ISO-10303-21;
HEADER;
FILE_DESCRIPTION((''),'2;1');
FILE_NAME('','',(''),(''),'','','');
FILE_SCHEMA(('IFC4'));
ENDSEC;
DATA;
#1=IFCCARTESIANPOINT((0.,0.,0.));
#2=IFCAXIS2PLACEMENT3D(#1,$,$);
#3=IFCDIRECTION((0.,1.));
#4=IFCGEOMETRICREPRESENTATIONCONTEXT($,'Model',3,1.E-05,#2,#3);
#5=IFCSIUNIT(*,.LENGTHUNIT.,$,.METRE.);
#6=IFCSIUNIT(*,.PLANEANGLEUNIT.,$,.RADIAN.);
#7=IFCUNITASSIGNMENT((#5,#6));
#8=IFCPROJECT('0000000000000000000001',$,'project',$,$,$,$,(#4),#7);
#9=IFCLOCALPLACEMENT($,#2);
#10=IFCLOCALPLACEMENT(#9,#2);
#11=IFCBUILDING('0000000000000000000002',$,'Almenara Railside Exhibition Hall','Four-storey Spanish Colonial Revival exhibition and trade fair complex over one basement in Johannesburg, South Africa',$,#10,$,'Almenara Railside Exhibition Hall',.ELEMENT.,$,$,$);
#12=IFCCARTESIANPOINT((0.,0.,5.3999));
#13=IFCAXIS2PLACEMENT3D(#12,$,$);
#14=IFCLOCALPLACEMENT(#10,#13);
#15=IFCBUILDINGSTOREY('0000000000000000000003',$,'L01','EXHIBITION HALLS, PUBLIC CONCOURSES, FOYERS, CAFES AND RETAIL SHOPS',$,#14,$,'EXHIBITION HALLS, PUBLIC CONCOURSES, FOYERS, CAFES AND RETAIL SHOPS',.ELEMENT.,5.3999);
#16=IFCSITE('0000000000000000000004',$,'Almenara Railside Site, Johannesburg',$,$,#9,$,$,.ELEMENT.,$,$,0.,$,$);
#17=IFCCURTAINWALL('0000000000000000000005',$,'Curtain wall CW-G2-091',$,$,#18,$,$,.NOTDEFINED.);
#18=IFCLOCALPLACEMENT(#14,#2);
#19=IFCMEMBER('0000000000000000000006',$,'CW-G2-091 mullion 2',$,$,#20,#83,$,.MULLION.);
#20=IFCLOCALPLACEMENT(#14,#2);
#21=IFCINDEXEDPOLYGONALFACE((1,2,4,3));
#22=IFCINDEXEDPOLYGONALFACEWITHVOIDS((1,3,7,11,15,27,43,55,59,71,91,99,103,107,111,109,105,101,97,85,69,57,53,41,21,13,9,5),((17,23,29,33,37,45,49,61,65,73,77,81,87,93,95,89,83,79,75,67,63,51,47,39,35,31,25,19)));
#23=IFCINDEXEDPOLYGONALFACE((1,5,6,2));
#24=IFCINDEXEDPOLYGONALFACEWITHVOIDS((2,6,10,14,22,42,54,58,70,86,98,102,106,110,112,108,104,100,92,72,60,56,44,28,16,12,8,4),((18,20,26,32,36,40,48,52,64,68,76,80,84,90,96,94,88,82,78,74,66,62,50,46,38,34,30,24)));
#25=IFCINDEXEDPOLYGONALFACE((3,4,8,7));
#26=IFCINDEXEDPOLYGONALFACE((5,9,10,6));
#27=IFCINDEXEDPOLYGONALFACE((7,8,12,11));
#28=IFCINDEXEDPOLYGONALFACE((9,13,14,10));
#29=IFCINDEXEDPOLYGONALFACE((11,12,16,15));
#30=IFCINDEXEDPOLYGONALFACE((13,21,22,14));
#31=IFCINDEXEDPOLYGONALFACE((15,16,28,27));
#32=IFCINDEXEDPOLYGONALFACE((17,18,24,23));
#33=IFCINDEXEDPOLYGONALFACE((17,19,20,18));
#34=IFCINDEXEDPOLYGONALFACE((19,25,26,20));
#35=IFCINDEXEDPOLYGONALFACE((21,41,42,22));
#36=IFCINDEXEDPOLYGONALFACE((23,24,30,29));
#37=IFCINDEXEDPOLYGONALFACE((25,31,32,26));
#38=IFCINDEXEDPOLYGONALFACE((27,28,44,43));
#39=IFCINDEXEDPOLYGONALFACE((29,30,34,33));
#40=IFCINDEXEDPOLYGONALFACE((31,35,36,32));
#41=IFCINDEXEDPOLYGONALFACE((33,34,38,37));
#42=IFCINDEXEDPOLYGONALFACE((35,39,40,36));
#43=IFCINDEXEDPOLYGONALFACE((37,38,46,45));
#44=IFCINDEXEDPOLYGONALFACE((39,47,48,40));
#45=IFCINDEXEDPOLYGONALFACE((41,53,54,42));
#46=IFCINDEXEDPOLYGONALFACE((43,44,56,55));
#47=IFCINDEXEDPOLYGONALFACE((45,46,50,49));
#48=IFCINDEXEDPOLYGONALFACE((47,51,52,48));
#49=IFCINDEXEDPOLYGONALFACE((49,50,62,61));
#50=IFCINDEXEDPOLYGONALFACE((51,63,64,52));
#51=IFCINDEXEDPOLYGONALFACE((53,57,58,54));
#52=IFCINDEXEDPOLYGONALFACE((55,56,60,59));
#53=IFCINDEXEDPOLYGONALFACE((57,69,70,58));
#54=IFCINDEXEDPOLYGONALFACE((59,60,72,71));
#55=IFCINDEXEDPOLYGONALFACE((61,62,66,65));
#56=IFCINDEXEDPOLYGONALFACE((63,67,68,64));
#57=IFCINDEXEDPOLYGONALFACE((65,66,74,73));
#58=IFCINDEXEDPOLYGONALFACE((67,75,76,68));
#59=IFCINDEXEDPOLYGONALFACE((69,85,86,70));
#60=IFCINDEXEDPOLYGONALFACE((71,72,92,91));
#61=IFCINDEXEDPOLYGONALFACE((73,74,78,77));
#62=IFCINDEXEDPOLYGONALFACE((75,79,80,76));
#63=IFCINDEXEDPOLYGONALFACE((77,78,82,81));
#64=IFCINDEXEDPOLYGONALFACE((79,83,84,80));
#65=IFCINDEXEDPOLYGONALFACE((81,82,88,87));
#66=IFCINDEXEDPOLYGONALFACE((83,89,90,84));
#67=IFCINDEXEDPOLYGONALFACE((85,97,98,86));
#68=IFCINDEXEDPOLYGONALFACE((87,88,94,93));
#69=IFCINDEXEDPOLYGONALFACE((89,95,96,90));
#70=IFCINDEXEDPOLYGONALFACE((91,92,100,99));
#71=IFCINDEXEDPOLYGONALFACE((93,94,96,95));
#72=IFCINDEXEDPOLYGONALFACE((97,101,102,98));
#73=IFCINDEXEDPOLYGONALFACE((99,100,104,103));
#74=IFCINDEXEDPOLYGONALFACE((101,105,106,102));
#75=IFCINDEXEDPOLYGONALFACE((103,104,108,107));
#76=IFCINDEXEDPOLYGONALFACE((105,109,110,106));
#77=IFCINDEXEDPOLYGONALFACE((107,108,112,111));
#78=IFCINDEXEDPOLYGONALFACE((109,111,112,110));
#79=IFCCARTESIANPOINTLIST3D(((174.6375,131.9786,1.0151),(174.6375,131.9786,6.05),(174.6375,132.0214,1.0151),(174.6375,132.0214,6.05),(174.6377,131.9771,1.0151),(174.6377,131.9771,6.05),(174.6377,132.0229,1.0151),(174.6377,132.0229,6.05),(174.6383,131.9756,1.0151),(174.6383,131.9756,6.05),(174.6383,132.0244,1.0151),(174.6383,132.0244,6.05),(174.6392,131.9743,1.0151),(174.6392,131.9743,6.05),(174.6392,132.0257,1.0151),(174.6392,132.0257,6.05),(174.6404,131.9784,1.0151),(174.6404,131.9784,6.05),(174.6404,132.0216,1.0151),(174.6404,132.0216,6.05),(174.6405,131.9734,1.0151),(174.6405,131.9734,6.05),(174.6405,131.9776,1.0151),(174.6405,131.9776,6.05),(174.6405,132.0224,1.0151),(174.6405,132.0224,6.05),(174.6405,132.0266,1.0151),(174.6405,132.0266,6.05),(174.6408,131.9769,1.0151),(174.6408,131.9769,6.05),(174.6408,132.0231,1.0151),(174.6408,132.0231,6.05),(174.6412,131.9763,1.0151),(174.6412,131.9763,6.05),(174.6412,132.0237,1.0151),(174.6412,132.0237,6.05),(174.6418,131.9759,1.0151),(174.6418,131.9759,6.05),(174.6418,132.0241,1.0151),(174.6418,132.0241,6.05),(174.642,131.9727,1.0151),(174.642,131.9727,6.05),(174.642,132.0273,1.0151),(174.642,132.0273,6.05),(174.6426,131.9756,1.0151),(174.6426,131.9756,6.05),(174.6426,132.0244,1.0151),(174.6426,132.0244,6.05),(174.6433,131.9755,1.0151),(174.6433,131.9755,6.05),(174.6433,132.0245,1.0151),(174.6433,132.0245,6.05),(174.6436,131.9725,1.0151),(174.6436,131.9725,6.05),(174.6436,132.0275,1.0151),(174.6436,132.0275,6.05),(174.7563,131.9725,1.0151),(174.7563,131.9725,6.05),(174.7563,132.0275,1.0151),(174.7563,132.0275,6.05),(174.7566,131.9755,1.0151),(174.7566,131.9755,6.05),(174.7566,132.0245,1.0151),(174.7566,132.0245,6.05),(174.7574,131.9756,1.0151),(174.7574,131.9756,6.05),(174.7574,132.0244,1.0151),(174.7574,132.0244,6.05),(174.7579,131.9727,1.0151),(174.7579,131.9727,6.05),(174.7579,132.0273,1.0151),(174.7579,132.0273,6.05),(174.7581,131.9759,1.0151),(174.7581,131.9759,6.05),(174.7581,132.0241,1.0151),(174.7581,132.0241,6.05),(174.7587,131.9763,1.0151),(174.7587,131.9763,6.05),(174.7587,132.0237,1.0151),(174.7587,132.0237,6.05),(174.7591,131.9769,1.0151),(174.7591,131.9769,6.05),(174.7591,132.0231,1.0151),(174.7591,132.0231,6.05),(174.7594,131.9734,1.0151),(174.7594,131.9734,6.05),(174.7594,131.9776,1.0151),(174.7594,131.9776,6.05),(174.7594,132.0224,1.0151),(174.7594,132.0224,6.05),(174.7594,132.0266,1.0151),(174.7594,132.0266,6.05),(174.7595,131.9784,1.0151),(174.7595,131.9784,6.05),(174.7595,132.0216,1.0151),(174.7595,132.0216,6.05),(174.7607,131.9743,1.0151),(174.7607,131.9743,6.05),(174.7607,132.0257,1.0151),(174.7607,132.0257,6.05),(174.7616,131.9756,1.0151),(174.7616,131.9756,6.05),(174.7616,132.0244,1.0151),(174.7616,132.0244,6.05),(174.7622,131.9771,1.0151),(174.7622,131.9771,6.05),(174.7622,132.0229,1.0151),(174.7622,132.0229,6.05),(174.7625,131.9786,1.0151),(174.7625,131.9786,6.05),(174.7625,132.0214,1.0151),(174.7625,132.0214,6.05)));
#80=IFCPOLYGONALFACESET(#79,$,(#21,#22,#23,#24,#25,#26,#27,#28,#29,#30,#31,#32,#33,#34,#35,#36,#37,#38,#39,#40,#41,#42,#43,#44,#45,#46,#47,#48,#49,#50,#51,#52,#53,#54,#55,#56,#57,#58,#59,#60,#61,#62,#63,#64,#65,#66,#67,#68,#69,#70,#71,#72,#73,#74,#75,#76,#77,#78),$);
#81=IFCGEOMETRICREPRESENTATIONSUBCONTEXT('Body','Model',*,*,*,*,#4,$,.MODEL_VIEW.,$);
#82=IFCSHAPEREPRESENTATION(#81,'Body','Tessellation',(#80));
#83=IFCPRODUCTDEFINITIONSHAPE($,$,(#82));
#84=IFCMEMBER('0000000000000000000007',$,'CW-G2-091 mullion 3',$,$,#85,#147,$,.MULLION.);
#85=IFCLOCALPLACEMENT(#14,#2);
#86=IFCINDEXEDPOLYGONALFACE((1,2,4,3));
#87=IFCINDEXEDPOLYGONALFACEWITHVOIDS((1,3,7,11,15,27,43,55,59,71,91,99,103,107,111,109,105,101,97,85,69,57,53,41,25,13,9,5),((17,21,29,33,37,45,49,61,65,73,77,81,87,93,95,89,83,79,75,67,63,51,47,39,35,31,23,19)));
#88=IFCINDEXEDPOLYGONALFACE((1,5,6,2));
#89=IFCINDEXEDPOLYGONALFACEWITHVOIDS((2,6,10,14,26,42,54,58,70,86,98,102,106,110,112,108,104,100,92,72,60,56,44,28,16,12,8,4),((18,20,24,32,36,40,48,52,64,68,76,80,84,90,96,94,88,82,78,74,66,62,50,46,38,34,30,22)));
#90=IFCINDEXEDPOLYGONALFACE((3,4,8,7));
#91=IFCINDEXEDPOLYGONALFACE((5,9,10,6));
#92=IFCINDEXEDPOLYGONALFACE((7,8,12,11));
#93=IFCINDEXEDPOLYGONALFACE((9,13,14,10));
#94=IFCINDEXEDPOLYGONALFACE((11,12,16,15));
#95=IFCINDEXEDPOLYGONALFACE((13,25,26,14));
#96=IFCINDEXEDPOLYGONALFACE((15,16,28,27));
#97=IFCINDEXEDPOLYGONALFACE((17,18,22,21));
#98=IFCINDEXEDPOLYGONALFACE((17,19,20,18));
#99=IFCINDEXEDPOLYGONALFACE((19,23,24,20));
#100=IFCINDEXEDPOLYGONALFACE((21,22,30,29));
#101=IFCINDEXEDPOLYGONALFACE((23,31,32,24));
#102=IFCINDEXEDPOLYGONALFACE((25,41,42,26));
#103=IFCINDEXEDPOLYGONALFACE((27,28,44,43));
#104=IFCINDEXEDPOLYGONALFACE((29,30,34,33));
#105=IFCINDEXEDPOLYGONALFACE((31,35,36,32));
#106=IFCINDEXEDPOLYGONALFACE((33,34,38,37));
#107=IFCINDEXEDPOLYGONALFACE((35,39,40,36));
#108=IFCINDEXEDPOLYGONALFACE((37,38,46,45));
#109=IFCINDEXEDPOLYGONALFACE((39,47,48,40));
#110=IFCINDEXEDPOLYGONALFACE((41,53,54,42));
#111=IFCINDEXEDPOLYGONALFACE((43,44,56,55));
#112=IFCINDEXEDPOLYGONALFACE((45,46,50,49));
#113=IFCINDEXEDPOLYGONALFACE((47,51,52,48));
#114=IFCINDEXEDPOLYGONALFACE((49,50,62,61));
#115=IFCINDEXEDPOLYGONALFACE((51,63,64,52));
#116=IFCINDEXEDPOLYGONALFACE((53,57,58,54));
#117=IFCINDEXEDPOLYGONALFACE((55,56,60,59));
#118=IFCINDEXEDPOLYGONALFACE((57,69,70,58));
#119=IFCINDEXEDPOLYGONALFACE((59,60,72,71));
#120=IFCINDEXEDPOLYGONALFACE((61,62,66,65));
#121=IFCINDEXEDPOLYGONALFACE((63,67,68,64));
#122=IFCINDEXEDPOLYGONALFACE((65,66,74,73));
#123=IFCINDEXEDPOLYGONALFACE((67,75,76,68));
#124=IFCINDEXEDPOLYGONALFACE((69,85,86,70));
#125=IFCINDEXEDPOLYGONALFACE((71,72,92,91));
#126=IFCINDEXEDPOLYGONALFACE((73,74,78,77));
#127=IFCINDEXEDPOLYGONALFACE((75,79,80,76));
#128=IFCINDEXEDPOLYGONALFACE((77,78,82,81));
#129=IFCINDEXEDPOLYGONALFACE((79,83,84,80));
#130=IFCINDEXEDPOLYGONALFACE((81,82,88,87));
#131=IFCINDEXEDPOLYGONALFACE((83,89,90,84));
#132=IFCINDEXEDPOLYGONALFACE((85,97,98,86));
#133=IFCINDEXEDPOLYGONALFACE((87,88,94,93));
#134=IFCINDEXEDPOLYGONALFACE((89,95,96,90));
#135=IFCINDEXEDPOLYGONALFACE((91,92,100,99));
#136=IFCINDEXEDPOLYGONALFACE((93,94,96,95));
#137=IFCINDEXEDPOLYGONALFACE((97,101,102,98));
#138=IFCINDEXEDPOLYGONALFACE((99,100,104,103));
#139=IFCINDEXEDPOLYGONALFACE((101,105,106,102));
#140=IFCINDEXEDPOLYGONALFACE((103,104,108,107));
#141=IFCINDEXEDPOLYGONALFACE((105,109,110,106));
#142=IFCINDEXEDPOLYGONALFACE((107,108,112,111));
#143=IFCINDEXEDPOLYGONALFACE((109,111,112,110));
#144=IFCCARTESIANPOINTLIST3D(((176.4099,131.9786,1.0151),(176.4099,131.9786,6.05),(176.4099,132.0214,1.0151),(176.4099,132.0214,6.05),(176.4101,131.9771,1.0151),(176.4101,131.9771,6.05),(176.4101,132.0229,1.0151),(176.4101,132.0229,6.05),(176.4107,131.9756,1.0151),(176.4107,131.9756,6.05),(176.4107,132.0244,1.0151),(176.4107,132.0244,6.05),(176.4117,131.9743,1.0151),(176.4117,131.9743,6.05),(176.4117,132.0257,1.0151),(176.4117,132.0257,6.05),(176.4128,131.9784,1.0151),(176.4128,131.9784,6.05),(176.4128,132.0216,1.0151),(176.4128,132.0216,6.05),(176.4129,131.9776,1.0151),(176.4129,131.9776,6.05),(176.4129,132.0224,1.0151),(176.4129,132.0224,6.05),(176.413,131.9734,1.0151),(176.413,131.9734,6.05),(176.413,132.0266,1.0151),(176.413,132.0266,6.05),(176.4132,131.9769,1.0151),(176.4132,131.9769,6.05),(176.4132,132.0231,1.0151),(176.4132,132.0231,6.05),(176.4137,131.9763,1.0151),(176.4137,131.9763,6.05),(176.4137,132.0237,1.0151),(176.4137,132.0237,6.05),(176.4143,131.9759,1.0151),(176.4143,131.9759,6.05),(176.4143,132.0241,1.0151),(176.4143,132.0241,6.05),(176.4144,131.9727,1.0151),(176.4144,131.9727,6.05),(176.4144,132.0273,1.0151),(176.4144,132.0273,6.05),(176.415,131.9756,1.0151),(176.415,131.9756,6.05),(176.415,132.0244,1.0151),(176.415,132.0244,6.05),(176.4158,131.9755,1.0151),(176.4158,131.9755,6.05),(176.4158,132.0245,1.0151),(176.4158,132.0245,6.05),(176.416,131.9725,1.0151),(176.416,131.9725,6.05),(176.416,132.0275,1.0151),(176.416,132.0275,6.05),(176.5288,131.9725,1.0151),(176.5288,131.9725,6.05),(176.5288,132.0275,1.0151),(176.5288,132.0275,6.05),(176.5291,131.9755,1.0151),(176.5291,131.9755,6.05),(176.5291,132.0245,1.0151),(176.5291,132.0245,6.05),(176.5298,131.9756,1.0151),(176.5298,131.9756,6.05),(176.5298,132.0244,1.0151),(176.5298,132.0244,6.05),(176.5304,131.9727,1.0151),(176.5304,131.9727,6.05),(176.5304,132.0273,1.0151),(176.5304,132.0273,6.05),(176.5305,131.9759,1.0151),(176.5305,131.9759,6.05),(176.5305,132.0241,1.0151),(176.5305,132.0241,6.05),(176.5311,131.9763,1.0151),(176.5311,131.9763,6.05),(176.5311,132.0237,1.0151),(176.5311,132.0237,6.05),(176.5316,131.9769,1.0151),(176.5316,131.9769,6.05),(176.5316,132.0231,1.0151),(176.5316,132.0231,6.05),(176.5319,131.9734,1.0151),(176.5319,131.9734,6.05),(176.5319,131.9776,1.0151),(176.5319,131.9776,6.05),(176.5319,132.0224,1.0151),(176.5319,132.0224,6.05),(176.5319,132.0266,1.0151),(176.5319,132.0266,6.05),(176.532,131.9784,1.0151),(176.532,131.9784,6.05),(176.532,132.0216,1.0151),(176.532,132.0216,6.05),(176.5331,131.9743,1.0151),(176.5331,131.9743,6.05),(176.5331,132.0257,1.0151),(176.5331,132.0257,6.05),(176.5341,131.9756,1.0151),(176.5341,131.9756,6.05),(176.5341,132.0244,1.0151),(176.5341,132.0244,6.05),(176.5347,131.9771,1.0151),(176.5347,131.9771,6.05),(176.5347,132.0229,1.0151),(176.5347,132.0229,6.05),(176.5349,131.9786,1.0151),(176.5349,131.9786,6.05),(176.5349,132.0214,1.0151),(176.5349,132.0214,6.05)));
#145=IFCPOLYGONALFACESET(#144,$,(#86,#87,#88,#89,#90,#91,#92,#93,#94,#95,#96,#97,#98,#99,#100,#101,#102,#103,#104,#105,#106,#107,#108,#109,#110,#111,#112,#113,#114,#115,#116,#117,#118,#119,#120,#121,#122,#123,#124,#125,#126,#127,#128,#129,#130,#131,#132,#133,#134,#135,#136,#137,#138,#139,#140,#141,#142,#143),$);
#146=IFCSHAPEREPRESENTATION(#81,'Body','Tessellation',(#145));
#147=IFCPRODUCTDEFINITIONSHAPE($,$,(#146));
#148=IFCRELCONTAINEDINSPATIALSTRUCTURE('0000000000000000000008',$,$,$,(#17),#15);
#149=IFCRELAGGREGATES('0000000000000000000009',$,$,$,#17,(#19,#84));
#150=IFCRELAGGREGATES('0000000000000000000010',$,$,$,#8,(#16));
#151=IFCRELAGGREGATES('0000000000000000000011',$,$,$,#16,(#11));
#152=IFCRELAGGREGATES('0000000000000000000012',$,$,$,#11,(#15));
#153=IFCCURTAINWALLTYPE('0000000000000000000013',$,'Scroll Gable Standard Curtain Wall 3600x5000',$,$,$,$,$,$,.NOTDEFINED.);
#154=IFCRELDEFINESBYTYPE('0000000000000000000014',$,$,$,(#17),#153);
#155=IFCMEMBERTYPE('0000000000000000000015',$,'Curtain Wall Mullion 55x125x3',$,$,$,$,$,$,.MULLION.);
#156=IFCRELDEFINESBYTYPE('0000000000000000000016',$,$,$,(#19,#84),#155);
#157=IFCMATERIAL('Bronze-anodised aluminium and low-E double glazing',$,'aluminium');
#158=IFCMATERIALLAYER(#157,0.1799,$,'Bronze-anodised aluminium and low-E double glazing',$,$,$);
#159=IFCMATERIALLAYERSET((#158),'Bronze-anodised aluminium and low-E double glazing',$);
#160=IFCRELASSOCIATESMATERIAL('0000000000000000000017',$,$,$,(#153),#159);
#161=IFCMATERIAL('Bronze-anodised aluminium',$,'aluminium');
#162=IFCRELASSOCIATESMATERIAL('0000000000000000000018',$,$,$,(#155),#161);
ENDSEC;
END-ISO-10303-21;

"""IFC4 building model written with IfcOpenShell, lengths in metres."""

from ifc_helpers import new_model, si_unit, direction, frame, origin, origin_2d, place, context, subcontext, project, spatial, hollow_rectangle, extrude, material, layer, layer_set, material_profile, profile_set, type_object, element, aggregate, save


model = new_model("IFC4")

# Units and contexts
model_context = context("Model", 3, precision=1e-05, world=origin(), true_north=direction((0.0, 1.0)))
body_context = subcontext(model_context, "Body", "Model", "MODEL_VIEW")
ifc_project = project(units=[si_unit("LENGTHUNIT", "METRE"), si_unit("PLANEANGLEUNIT", "RADIAN")], contexts=[model_context])

# Site, building, storey
site_placement = place(None, origin())
site = spatial("IfcSite", under=ifc_project, at=site_placement, Name="Almenara Railside Site, Johannesburg", CompositionType="ELEMENT", RefElevation=0.0)
building_placement = place(site_placement, origin())
building = spatial("IfcBuilding", under=site, at=building_placement, Name="Almenara Railside Exhibition Hall", Description="Four-storey Spanish Colonial Revival exhibition and trade fair complex over one basement in Johannesburg, South Africa", LongName="Almenara Railside Exhibition Hall", CompositionType="ELEMENT")
storey_placement = place(building_placement, frame((0.0, 0.0, 5.3999)))
storey = spatial("IfcBuildingStorey", under=building, at=storey_placement, Name="L01", Description="EXHIBITION HALLS, PUBLIC CONCOURSES, FOYERS, CAFES AND RETAIL SHOPS", LongName="EXHIBITION HALLS, PUBLIC CONCOURSES, FOYERS, CAFES AND RETAIL SHOPS", CompositionType="ELEMENT", Elevation=5.3999)

# Curtain wall, members
ifc_material_1 = material(Name="Bronze-anodised aluminium and low-E double glazing", Category="aluminium")
ifc_layer_1 = layer(ifc_material_1, 0.1799, Name="Bronze-anodised aluminium and low-E double glazing")
ifc_layer_set_1 = layer_set([ifc_layer_1], Name="Bronze-anodised aluminium and low-E double glazing")
curtain_wall_type = type_object("IfcCurtainWallType", Name="Scroll Gable Standard Curtain Wall 3600x5000", PredefinedType="NOTDEFINED", material=ifc_layer_set_1)
curtain_wall_1_placement = place(storey_placement, origin())
curtain_wall_1 = element("IfcCurtainWall", 1, at=curtain_wall_1_placement, inside=storey, type_object=curtain_wall_type, Name="Curtain wall CW-G2-091", PredefinedType="NOTDEFINED")
ifc_material_2 = material(Name="Bronze-anodised aluminium", Category="aluminium")
ifc_material_profile_1 = material_profile(ifc_material_2, hollow_rectangle(XDim=0.0549, YDim=0.125, WallThickness=0.0029, InnerFilletRadius=0.0029, OuterFilletRadius=0.0061, at=origin_2d()), Name="ALU-MUL 55x125x3")
ifc_profile_set_1 = profile_set([ifc_material_profile_1], Name="Bronze-anodised aluminium")
member_type_1 = type_object("IfcMemberType", Name="Curtain Wall Mullion 55x125x3", PredefinedType="MULLION", material=ifc_profile_set_1)
member_1_placement = place(storey_placement, frame((174.7, 132.0, 1.0151), z_axis=(0.0, 0.0, 1.0), x_axis=(0.0, 1.0, 0.0)))
member_1 = element("IfcMember", 2, at=member_1_placement, type_object=member_type_1, Name="CW-G2-091 mullion 2", PredefinedType="MULLION", context=body_context, shape_type="SweptSolid", body=[
    extrude(hollow_rectangle(XDim=0.0549, YDim=0.125, WallThickness=0.0029, InnerFilletRadius=0.0029, OuterFilletRadius=0.0061, at=origin_2d()), origin(), (0.0, 0.0, 1.0), 5.0349),
])
member_2_placement = place(storey_placement, frame((176.4724, 132.0, 1.0151), z_axis=(0.0, 0.0, 1.0), x_axis=(0.0, 1.0, 0.0)))
member_2 = element("IfcMember", 3, at=member_2_placement, type_object=member_type_1, Name="CW-G2-091 mullion 3", PredefinedType="MULLION", context=body_context, shape_type="SweptSolid", body=[
    extrude(hollow_rectangle(XDim=0.0549, YDim=0.125, WallThickness=0.0029, InnerFilletRadius=0.0029, OuterFilletRadius=0.0061, at=origin_2d()), origin(), (0.0, 0.0, 1.0), 5.0349),
])

aggregate(curtain_wall_1, [member_1, member_2])

save(model, "model.ifc")
